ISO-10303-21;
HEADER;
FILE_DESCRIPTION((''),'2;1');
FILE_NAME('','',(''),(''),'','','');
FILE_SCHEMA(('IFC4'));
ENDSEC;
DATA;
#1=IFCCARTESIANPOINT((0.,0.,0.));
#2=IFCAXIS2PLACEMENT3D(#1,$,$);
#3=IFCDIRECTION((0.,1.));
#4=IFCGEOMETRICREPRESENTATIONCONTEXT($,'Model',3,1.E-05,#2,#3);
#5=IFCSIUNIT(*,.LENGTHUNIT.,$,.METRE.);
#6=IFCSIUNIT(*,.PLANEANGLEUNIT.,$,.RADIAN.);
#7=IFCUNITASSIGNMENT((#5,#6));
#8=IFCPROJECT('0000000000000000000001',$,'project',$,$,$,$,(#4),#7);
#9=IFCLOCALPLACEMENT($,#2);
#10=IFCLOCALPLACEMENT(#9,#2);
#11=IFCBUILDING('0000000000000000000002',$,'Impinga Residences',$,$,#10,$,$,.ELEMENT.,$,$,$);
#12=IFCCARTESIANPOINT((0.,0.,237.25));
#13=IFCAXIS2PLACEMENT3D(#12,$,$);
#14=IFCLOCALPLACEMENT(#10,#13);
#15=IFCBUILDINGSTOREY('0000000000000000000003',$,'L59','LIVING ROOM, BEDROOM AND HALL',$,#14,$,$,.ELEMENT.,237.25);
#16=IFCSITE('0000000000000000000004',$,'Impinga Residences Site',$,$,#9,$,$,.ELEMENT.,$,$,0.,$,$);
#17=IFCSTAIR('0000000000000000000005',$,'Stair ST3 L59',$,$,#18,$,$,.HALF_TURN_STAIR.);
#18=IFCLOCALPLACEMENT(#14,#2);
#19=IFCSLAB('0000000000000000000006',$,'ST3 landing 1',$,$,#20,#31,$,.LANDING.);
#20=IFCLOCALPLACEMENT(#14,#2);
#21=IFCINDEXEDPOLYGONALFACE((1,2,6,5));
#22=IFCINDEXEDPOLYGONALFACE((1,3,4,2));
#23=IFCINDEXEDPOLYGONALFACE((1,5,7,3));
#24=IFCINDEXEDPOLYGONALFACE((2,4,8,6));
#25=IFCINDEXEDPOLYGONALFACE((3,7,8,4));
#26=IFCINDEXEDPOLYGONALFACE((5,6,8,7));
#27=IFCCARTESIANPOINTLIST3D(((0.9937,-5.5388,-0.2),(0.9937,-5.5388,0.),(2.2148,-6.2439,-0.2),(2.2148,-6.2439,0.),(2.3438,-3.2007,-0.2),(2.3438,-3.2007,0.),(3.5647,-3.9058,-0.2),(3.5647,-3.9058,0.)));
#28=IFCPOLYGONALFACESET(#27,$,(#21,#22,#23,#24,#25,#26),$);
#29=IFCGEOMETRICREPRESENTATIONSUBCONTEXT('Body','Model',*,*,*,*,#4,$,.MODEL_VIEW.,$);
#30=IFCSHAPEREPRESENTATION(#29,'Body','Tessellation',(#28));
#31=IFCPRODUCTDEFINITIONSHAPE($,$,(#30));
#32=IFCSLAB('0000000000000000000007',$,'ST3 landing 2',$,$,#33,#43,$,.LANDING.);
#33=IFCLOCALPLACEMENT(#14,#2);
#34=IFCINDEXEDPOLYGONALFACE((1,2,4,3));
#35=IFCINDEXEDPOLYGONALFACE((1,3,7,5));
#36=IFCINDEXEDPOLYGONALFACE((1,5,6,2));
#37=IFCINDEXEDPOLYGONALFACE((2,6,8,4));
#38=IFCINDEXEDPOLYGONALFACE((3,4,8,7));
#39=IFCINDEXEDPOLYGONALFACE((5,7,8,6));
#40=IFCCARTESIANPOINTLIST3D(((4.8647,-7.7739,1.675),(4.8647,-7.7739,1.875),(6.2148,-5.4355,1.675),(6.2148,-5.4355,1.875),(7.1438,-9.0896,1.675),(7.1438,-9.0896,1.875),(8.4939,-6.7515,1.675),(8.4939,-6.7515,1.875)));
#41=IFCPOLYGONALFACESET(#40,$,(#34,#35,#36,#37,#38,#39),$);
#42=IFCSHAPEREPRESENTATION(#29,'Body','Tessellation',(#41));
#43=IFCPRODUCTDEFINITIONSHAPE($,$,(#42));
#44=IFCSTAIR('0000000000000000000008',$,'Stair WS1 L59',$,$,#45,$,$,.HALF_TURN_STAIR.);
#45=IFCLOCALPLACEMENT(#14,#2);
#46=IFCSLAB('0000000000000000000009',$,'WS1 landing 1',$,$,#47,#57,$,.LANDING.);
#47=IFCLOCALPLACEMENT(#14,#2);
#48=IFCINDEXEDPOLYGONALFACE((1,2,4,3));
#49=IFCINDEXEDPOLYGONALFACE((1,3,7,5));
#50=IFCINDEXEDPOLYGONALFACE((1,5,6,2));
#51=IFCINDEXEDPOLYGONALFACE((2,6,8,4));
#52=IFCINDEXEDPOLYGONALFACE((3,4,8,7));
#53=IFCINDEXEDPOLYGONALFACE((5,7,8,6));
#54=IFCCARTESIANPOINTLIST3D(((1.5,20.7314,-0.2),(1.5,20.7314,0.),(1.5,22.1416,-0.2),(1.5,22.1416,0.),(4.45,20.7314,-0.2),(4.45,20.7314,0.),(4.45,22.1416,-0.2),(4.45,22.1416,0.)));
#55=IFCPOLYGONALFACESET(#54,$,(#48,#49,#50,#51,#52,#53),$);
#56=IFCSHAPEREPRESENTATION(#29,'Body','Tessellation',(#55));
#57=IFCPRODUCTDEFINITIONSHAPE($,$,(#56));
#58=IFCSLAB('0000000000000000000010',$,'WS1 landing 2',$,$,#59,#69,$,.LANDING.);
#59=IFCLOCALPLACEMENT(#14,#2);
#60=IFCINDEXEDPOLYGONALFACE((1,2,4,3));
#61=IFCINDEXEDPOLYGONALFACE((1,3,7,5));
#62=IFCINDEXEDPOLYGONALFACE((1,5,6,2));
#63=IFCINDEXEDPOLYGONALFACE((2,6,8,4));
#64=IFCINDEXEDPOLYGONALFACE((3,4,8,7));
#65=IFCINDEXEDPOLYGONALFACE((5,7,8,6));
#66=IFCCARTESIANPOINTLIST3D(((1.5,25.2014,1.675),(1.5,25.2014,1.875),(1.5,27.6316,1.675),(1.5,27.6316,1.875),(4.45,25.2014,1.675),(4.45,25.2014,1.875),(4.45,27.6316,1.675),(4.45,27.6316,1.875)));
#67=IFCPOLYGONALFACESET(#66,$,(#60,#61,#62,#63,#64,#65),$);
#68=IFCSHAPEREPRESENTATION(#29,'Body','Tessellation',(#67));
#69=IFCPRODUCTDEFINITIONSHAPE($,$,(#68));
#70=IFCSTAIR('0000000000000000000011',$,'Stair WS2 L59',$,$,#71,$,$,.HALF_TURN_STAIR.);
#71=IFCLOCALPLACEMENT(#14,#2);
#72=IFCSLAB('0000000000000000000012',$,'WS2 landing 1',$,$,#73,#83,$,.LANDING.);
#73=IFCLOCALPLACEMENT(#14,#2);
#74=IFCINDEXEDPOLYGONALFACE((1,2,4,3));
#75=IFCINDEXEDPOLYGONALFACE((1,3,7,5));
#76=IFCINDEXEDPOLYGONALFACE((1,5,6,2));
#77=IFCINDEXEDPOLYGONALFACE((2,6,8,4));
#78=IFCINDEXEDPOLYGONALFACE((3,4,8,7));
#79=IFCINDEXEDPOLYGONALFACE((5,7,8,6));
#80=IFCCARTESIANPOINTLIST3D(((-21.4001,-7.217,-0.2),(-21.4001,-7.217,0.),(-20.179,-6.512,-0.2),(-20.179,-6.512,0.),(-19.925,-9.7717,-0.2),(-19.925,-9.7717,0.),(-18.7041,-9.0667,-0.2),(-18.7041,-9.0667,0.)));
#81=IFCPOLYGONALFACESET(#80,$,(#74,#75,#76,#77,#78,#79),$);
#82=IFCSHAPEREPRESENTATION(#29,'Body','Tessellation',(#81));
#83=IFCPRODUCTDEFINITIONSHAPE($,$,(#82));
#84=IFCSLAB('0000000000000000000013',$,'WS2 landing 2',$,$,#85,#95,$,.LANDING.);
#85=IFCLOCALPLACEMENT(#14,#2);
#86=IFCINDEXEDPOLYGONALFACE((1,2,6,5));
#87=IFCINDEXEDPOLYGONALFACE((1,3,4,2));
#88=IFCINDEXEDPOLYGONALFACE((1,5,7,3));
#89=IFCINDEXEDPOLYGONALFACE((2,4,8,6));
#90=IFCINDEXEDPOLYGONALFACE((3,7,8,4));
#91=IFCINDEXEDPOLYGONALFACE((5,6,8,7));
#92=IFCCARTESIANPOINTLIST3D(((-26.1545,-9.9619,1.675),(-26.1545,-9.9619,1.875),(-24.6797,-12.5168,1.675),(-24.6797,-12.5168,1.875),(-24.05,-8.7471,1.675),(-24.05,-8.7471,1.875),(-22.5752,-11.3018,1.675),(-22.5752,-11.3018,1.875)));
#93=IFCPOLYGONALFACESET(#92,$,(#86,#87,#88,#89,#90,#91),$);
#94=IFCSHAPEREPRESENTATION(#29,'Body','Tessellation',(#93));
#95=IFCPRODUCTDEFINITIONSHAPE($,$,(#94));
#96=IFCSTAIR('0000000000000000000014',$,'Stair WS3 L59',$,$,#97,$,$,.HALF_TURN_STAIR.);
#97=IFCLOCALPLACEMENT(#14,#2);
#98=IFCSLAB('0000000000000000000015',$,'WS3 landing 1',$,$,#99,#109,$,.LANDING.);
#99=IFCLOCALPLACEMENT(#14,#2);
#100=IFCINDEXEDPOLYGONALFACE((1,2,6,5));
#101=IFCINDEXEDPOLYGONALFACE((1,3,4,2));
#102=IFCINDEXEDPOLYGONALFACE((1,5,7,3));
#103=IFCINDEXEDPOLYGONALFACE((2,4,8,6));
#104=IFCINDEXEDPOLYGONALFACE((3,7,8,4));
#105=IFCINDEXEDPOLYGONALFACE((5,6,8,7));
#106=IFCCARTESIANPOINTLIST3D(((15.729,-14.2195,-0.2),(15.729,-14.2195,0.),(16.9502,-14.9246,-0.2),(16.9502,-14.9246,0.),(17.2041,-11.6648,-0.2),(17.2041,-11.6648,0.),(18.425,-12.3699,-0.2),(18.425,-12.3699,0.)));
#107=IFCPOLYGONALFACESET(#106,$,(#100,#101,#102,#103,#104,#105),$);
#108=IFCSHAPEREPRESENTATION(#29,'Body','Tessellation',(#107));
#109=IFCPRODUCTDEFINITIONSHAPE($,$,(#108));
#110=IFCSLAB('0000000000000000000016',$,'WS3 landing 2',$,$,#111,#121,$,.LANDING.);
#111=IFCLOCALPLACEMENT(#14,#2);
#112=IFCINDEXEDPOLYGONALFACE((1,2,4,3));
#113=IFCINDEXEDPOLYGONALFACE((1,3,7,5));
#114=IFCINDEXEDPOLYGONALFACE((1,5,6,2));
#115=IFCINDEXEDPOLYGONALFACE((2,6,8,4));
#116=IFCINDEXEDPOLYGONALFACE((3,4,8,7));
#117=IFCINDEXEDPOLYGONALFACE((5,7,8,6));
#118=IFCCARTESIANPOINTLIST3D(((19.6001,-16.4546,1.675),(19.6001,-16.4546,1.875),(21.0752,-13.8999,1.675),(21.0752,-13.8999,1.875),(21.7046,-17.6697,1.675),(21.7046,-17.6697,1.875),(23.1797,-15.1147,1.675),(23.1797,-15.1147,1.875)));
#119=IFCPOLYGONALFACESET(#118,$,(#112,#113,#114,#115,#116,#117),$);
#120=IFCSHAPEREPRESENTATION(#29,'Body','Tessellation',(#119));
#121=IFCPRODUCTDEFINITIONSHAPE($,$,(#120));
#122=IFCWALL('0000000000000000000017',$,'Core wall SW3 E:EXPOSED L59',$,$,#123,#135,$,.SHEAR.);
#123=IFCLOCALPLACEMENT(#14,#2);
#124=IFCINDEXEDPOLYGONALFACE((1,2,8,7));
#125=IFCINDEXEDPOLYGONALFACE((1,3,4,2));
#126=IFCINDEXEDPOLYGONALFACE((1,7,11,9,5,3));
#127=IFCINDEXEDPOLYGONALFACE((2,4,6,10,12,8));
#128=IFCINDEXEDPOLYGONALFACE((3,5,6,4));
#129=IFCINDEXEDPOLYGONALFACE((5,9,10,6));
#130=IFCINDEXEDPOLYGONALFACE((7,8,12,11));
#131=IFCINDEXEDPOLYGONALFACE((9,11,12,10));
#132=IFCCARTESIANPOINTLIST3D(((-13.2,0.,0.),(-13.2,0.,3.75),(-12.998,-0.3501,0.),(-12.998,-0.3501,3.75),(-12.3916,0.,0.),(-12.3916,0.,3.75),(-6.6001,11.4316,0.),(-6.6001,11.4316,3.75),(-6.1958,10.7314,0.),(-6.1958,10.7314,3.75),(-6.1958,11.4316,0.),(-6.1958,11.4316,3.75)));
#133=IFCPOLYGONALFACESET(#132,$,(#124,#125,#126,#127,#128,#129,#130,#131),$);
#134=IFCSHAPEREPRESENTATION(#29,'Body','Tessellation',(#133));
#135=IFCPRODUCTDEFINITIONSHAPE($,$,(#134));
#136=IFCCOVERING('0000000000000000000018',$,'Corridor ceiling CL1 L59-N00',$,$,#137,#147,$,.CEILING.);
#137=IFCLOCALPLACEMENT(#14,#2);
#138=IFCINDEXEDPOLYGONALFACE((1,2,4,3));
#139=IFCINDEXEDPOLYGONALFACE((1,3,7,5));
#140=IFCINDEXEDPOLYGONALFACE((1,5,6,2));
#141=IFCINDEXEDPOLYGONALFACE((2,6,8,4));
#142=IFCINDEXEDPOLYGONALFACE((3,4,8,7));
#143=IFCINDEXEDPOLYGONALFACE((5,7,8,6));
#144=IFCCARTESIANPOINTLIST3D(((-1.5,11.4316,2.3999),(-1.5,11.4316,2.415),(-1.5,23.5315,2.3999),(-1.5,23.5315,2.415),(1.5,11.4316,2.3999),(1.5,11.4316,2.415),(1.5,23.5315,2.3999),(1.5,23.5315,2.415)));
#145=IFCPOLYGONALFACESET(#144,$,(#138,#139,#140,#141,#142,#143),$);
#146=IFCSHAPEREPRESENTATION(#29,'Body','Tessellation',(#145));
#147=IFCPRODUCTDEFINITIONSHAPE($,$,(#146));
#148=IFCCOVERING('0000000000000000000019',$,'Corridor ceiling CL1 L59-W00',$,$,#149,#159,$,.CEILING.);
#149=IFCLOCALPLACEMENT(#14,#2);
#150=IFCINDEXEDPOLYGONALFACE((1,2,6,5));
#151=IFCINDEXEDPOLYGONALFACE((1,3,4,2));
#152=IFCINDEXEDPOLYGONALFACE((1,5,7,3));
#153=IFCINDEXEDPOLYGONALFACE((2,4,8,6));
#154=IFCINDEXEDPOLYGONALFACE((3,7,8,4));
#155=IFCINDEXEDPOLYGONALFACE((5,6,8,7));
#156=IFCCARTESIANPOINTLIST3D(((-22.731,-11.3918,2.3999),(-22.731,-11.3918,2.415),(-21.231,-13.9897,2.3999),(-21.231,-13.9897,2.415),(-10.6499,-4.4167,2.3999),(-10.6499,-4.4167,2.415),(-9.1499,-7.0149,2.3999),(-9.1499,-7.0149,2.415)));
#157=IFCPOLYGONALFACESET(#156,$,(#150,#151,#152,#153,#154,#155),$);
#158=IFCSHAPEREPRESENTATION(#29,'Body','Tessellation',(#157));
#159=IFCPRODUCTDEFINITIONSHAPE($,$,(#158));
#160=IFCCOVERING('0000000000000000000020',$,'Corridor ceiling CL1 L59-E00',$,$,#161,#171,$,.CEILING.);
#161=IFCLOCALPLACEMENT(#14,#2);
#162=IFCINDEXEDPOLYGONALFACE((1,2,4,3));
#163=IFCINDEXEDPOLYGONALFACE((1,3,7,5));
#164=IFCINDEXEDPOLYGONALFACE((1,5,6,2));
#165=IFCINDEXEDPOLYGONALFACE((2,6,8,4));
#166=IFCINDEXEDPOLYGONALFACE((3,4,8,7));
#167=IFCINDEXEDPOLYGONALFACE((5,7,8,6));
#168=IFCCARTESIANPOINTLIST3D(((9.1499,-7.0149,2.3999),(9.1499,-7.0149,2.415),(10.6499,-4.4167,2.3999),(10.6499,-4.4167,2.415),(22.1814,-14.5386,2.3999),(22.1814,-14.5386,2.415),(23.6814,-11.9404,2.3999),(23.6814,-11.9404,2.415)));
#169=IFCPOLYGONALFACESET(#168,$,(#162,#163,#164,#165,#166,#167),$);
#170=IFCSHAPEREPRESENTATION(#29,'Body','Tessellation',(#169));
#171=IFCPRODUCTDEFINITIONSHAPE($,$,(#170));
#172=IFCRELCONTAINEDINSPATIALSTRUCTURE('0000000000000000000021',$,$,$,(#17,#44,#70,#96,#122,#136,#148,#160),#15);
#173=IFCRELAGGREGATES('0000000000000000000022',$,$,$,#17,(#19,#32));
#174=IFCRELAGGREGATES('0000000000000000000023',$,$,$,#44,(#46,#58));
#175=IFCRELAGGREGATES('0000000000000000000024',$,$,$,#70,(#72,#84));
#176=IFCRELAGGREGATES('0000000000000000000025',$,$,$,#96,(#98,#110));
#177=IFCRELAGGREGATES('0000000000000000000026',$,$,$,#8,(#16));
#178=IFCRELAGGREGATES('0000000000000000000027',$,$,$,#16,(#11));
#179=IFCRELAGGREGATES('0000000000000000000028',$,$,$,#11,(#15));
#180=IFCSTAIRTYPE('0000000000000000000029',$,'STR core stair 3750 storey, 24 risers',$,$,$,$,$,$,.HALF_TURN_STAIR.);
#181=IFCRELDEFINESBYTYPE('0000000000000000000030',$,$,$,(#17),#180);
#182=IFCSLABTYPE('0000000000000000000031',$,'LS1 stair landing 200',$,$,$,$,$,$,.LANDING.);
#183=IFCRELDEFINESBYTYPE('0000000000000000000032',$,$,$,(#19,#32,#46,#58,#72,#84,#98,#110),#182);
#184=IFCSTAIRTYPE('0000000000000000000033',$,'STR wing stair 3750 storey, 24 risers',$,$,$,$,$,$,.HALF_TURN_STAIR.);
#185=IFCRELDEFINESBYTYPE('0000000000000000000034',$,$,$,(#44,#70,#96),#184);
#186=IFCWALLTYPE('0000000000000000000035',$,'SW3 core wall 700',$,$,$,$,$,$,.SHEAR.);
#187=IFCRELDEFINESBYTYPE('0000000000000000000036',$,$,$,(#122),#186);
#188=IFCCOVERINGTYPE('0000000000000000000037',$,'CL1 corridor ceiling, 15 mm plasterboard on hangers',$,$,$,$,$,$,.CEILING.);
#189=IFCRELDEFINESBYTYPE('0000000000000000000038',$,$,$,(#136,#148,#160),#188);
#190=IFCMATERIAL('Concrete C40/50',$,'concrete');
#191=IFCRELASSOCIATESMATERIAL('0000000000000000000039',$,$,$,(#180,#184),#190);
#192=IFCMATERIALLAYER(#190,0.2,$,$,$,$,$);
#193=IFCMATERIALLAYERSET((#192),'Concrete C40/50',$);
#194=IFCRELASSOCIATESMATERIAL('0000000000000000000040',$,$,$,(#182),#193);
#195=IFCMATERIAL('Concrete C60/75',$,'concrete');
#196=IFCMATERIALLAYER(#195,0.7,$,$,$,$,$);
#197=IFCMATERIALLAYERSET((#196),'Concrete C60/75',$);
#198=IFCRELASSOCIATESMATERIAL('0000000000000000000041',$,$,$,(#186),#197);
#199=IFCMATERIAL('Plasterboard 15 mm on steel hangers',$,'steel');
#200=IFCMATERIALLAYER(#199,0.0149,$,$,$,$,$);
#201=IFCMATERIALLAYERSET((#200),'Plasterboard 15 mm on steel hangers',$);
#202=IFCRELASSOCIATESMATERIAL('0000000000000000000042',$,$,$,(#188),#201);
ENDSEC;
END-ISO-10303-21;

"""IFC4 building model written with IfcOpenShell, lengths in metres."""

from ifc_helpers import new_model, si_unit, direction, frame, origin, place, context, subcontext, project, spatial, polyline, outline, extrude, material, layer, layer_set, type_object, element, aggregate, save


model = new_model("IFC4")

# Units and contexts
model_context = context("Model", 3, precision=1e-05, world=origin(), true_north=direction((0.0, 1.0)))
body_context = subcontext(model_context, "Body", "Model", "MODEL_VIEW")
ifc_project = project(units=[si_unit("LENGTHUNIT", "METRE"), si_unit("PLANEANGLEUNIT", "RADIAN")], contexts=[model_context])

# Site, building, storey
site_placement = place(None, origin())
site = spatial("IfcSite", under=ifc_project, at=site_placement, Name="Impinga Residences Site", CompositionType="ELEMENT", RefElevation=0.0)
building_placement = place(site_placement, origin())
building = spatial("IfcBuilding", under=site, at=building_placement, Name="Impinga Residences", CompositionType="ELEMENT")
storey_placement = place(building_placement, frame((0.0, 0.0, 237.25)))
storey = spatial("IfcBuildingStorey", under=building, at=storey_placement, Name="L59", Description="LIVING ROOM, BEDROOM AND HALL", CompositionType="ELEMENT", Elevation=237.25)

# Shared definitions
ifc_material_1 = material(Name="Concrete C60/75", Category="concrete")

# Stairs, slabs
ifc_material_2 = material(Name="Concrete C40/50", Category="concrete")
stair_type_1 = type_object("IfcStairType", Name="STR core stair 3750 storey, 24 risers", PredefinedType="HALF_TURN_STAIR", material=ifc_material_2)
ifc_layer_1 = layer(ifc_material_2, 0.2)
ifc_layer_set_1 = layer_set([ifc_layer_1], Name="Concrete C40/50")
slab_type_1 = type_object("IfcSlabType", Name="LS1 stair landing 200", PredefinedType="LANDING", material=ifc_layer_set_1)
stair_1_placement = place(storey_placement, origin())
stair_1 = element("IfcStair", 1, at=stair_1_placement, inside=storey, type_object=stair_type_1, Name="Stair ST3 L59", PredefinedType="HALF_TURN_STAIR")
slab_1_placement = place(storey_placement, frame((0.0, 0.0, -0.2)))
slab_1 = element("IfcSlab", 2, at=slab_1_placement, type_object=slab_type_1, Name="ST3 landing 1", PredefinedType="LANDING", context=body_context, shape_type="SweptSolid", body=[
    extrude(outline(polyline([(2.3438, -3.2007), (0.9937, -5.5388), (2.2148, -6.2439), (3.5647, -3.9058), (2.3438, -3.2007)])), origin(), (0.0, 0.0, 1.0), 0.2),
])
slab_2_placement = place(storey_placement, frame((0.0, 0.0, 1.675)))
slab_2 = element("IfcSlab", 3, at=slab_2_placement, type_object=slab_type_1, Name="ST3 landing 2", PredefinedType="LANDING", context=body_context, shape_type="SweptSolid", body=[
    extrude(outline(polyline([(6.2148, -5.4355), (4.8647, -7.7739), (7.1438, -9.0896), (8.4939, -6.7515), (6.2148, -5.4355)])), origin(), (0.0, 0.0, 1.0), 0.2),
])
aggregate(stair_1, [slab_1, slab_2])
stair_type_2 = type_object("IfcStairType", Name="STR wing stair 3750 storey, 24 risers", PredefinedType="HALF_TURN_STAIR", material=ifc_material_2)
stair_2_placement = place(storey_placement, origin())
stair_2 = element("IfcStair", 4, at=stair_2_placement, inside=storey, type_object=stair_type_2, Name="Stair WS1 L59", PredefinedType="HALF_TURN_STAIR")
slab_3_placement = place(storey_placement, frame((0.0, 0.0, -0.2)))
slab_3 = element("IfcSlab", 5, at=slab_3_placement, type_object=slab_type_1, Name="WS1 landing 1", PredefinedType="LANDING", context=body_context, shape_type="SweptSolid", body=[
    extrude(outline(polyline([(1.5, 20.7314), (4.45, 20.7314), (4.45, 22.1416), (1.5, 22.1416), (1.5, 20.7314)])), origin(), (0.0, 0.0, 1.0), 0.2),
])
slab_4_placement = place(storey_placement, frame((0.0, 0.0, 1.675)))
slab_4 = element("IfcSlab", 6, at=slab_4_placement, type_object=slab_type_1, Name="WS1 landing 2", PredefinedType="LANDING", context=body_context, shape_type="SweptSolid", body=[
    extrude(outline(polyline([(1.5, 25.2014), (4.45, 25.2014), (4.45, 27.6316), (1.5, 27.6316), (1.5, 25.2014)])), origin(), (0.0, 0.0, 1.0), 0.2),
])
aggregate(stair_2, [slab_3, slab_4])
stair_3_placement = place(storey_placement, origin())
stair_3 = element("IfcStair", 7, at=stair_3_placement, inside=storey, type_object=stair_type_2, Name="Stair WS2 L59", PredefinedType="HALF_TURN_STAIR")
slab_5_placement = place(storey_placement, frame((0.0, 0.0, -0.2)))
slab_5 = element("IfcSlab", 8, at=slab_5_placement, type_object=slab_type_1, Name="WS2 landing 1", PredefinedType="LANDING", context=body_context, shape_type="SweptSolid", body=[
    extrude(outline(polyline([(-18.7041, -9.0667), (-20.179, -6.512), (-21.4001, -7.217), (-19.925, -9.7717), (-18.7041, -9.0667)])), origin(), (0.0, 0.0, 1.0), 0.2),
])
slab_6_placement = place(storey_placement, frame((0.0, 0.0, 1.675)))
slab_6 = element("IfcSlab", 9, at=slab_6_placement, type_object=slab_type_1, Name="WS2 landing 2", PredefinedType="LANDING", context=body_context, shape_type="SweptSolid", body=[
    extrude(outline(polyline([(-22.5752, -11.3018), (-24.05, -8.7471), (-26.1545, -9.9619), (-24.6797, -12.5168), (-22.5752, -11.3018)])), origin(), (0.0, 0.0, 1.0), 0.2),
])
aggregate(stair_3, [slab_5, slab_6])
stair_4_placement = place(storey_placement, origin())
stair_4 = element("IfcStair", 10, at=stair_4_placement, inside=storey, type_object=stair_type_2, Name="Stair WS3 L59", PredefinedType="HALF_TURN_STAIR")
slab_7_placement = place(storey_placement, frame((0.0, 0.0, -0.2)))
slab_7 = element("IfcSlab", 11, at=slab_7_placement, type_object=slab_type_1, Name="WS3 landing 1", PredefinedType="LANDING", context=body_context, shape_type="SweptSolid", body=[
    extrude(outline(polyline([(17.2041, -11.6648), (15.729, -14.2195), (16.9502, -14.9246), (18.425, -12.3699), (17.2041, -11.6648)])), origin(), (0.0, 0.0, 1.0), 0.2),
])
slab_8_placement = place(storey_placement, frame((0.0, 0.0, 1.675)))
slab_8 = element("IfcSlab", 12, at=slab_8_placement, type_object=slab_type_1, Name="WS3 landing 2", PredefinedType="LANDING", context=body_context, shape_type="SweptSolid", body=[
    extrude(outline(polyline([(21.0752, -13.8999), (19.6001, -16.4546), (21.7046, -17.6697), (23.1797, -15.1147), (21.0752, -13.8999)])), origin(), (0.0, 0.0, 1.0), 0.2),
])
aggregate(stair_4, [slab_7, slab_8])

# Wall
ifc_layer_2 = layer(ifc_material_1, 0.7)
ifc_layer_set_2 = layer_set([ifc_layer_2], Name="Concrete C60/75")
wall_type = type_object("IfcWallType", Name="SW3 core wall 700", PredefinedType="SHEAR", material=ifc_layer_set_2)
wall_placement = place(storey_placement, origin())
element("IfcWall", 13, at=wall_placement, inside=storey, type_object=wall_type, Name="Core wall SW3 E:EXPOSED L59", PredefinedType="SHEAR", context=body_context, shape_type="SweptSolid", body=[
    extrude(outline(polyline([(-6.6001, 11.4316), (-13.2, 0.0), (-12.998, -0.3501), (-12.3916, 0.0), (-6.1958, 10.7314), (-6.1958, 11.4316), (-6.6001, 11.4316)])), origin(), (0.0, 0.0, 1.0), 3.75),
])

# Coverings
ifc_material_3 = material(Name="Plasterboard 15 mm on steel hangers", Category="steel")
ifc_layer_3 = layer(ifc_material_3, 0.0149)
ifc_layer_set_3 = layer_set([ifc_layer_3], Name="Plasterboard 15 mm on steel hangers")
covering_type_1 = type_object("IfcCoveringType", Name="CL1 corridor ceiling, 15 mm plasterboard on hangers", PredefinedType="CEILING", material=ifc_layer_set_3)
covering_1_placement = place(storey_placement, frame((0.0, 0.0, 2.3999)))
element("IfcCovering", 14, at=covering_1_placement, inside=storey, type_object=covering_type_1, Name="Corridor ceiling CL1 L59-N00", PredefinedType="CEILING", context=body_context, shape_type="SweptSolid", body=[
    extrude(outline(polyline([(-1.5, 11.4316), (1.5, 11.4316), (1.5, 23.5315), (-1.5, 23.5315), (-1.5, 11.4316)])), origin(), (0.0, 0.0, 1.0), 0.0151),
])
covering_2_placement = place(storey_placement, frame((0.0, 0.0, 2.3999)))
element("IfcCovering", 15, at=covering_2_placement, inside=storey, type_object=covering_type_1, Name="Corridor ceiling CL1 L59-W00", PredefinedType="CEILING", context=body_context, shape_type="SweptSolid", body=[
    extrude(outline(polyline([(-9.1499, -7.0149), (-10.6499, -4.4167), (-22.731, -11.3918), (-21.231, -13.9897), (-9.1499, -7.0149)])), origin(), (0.0, 0.0, 1.0), 0.0151),
])
covering_3_placement = place(storey_placement, frame((0.0, 0.0, 2.3999)))
element("IfcCovering", 16, at=covering_3_placement, inside=storey, type_object=covering_type_1, Name="Corridor ceiling CL1 L59-E00", PredefinedType="CEILING", context=body_context, shape_type="SweptSolid", body=[
    extrude(outline(polyline([(9.1499, -7.0149), (10.6499, -4.4167), (23.6814, -11.9404), (22.1814, -14.5386), (9.1499, -7.0149)])), origin(), (0.0, 0.0, 1.0), 0.0151),
])

save(model, "model.ifc")
